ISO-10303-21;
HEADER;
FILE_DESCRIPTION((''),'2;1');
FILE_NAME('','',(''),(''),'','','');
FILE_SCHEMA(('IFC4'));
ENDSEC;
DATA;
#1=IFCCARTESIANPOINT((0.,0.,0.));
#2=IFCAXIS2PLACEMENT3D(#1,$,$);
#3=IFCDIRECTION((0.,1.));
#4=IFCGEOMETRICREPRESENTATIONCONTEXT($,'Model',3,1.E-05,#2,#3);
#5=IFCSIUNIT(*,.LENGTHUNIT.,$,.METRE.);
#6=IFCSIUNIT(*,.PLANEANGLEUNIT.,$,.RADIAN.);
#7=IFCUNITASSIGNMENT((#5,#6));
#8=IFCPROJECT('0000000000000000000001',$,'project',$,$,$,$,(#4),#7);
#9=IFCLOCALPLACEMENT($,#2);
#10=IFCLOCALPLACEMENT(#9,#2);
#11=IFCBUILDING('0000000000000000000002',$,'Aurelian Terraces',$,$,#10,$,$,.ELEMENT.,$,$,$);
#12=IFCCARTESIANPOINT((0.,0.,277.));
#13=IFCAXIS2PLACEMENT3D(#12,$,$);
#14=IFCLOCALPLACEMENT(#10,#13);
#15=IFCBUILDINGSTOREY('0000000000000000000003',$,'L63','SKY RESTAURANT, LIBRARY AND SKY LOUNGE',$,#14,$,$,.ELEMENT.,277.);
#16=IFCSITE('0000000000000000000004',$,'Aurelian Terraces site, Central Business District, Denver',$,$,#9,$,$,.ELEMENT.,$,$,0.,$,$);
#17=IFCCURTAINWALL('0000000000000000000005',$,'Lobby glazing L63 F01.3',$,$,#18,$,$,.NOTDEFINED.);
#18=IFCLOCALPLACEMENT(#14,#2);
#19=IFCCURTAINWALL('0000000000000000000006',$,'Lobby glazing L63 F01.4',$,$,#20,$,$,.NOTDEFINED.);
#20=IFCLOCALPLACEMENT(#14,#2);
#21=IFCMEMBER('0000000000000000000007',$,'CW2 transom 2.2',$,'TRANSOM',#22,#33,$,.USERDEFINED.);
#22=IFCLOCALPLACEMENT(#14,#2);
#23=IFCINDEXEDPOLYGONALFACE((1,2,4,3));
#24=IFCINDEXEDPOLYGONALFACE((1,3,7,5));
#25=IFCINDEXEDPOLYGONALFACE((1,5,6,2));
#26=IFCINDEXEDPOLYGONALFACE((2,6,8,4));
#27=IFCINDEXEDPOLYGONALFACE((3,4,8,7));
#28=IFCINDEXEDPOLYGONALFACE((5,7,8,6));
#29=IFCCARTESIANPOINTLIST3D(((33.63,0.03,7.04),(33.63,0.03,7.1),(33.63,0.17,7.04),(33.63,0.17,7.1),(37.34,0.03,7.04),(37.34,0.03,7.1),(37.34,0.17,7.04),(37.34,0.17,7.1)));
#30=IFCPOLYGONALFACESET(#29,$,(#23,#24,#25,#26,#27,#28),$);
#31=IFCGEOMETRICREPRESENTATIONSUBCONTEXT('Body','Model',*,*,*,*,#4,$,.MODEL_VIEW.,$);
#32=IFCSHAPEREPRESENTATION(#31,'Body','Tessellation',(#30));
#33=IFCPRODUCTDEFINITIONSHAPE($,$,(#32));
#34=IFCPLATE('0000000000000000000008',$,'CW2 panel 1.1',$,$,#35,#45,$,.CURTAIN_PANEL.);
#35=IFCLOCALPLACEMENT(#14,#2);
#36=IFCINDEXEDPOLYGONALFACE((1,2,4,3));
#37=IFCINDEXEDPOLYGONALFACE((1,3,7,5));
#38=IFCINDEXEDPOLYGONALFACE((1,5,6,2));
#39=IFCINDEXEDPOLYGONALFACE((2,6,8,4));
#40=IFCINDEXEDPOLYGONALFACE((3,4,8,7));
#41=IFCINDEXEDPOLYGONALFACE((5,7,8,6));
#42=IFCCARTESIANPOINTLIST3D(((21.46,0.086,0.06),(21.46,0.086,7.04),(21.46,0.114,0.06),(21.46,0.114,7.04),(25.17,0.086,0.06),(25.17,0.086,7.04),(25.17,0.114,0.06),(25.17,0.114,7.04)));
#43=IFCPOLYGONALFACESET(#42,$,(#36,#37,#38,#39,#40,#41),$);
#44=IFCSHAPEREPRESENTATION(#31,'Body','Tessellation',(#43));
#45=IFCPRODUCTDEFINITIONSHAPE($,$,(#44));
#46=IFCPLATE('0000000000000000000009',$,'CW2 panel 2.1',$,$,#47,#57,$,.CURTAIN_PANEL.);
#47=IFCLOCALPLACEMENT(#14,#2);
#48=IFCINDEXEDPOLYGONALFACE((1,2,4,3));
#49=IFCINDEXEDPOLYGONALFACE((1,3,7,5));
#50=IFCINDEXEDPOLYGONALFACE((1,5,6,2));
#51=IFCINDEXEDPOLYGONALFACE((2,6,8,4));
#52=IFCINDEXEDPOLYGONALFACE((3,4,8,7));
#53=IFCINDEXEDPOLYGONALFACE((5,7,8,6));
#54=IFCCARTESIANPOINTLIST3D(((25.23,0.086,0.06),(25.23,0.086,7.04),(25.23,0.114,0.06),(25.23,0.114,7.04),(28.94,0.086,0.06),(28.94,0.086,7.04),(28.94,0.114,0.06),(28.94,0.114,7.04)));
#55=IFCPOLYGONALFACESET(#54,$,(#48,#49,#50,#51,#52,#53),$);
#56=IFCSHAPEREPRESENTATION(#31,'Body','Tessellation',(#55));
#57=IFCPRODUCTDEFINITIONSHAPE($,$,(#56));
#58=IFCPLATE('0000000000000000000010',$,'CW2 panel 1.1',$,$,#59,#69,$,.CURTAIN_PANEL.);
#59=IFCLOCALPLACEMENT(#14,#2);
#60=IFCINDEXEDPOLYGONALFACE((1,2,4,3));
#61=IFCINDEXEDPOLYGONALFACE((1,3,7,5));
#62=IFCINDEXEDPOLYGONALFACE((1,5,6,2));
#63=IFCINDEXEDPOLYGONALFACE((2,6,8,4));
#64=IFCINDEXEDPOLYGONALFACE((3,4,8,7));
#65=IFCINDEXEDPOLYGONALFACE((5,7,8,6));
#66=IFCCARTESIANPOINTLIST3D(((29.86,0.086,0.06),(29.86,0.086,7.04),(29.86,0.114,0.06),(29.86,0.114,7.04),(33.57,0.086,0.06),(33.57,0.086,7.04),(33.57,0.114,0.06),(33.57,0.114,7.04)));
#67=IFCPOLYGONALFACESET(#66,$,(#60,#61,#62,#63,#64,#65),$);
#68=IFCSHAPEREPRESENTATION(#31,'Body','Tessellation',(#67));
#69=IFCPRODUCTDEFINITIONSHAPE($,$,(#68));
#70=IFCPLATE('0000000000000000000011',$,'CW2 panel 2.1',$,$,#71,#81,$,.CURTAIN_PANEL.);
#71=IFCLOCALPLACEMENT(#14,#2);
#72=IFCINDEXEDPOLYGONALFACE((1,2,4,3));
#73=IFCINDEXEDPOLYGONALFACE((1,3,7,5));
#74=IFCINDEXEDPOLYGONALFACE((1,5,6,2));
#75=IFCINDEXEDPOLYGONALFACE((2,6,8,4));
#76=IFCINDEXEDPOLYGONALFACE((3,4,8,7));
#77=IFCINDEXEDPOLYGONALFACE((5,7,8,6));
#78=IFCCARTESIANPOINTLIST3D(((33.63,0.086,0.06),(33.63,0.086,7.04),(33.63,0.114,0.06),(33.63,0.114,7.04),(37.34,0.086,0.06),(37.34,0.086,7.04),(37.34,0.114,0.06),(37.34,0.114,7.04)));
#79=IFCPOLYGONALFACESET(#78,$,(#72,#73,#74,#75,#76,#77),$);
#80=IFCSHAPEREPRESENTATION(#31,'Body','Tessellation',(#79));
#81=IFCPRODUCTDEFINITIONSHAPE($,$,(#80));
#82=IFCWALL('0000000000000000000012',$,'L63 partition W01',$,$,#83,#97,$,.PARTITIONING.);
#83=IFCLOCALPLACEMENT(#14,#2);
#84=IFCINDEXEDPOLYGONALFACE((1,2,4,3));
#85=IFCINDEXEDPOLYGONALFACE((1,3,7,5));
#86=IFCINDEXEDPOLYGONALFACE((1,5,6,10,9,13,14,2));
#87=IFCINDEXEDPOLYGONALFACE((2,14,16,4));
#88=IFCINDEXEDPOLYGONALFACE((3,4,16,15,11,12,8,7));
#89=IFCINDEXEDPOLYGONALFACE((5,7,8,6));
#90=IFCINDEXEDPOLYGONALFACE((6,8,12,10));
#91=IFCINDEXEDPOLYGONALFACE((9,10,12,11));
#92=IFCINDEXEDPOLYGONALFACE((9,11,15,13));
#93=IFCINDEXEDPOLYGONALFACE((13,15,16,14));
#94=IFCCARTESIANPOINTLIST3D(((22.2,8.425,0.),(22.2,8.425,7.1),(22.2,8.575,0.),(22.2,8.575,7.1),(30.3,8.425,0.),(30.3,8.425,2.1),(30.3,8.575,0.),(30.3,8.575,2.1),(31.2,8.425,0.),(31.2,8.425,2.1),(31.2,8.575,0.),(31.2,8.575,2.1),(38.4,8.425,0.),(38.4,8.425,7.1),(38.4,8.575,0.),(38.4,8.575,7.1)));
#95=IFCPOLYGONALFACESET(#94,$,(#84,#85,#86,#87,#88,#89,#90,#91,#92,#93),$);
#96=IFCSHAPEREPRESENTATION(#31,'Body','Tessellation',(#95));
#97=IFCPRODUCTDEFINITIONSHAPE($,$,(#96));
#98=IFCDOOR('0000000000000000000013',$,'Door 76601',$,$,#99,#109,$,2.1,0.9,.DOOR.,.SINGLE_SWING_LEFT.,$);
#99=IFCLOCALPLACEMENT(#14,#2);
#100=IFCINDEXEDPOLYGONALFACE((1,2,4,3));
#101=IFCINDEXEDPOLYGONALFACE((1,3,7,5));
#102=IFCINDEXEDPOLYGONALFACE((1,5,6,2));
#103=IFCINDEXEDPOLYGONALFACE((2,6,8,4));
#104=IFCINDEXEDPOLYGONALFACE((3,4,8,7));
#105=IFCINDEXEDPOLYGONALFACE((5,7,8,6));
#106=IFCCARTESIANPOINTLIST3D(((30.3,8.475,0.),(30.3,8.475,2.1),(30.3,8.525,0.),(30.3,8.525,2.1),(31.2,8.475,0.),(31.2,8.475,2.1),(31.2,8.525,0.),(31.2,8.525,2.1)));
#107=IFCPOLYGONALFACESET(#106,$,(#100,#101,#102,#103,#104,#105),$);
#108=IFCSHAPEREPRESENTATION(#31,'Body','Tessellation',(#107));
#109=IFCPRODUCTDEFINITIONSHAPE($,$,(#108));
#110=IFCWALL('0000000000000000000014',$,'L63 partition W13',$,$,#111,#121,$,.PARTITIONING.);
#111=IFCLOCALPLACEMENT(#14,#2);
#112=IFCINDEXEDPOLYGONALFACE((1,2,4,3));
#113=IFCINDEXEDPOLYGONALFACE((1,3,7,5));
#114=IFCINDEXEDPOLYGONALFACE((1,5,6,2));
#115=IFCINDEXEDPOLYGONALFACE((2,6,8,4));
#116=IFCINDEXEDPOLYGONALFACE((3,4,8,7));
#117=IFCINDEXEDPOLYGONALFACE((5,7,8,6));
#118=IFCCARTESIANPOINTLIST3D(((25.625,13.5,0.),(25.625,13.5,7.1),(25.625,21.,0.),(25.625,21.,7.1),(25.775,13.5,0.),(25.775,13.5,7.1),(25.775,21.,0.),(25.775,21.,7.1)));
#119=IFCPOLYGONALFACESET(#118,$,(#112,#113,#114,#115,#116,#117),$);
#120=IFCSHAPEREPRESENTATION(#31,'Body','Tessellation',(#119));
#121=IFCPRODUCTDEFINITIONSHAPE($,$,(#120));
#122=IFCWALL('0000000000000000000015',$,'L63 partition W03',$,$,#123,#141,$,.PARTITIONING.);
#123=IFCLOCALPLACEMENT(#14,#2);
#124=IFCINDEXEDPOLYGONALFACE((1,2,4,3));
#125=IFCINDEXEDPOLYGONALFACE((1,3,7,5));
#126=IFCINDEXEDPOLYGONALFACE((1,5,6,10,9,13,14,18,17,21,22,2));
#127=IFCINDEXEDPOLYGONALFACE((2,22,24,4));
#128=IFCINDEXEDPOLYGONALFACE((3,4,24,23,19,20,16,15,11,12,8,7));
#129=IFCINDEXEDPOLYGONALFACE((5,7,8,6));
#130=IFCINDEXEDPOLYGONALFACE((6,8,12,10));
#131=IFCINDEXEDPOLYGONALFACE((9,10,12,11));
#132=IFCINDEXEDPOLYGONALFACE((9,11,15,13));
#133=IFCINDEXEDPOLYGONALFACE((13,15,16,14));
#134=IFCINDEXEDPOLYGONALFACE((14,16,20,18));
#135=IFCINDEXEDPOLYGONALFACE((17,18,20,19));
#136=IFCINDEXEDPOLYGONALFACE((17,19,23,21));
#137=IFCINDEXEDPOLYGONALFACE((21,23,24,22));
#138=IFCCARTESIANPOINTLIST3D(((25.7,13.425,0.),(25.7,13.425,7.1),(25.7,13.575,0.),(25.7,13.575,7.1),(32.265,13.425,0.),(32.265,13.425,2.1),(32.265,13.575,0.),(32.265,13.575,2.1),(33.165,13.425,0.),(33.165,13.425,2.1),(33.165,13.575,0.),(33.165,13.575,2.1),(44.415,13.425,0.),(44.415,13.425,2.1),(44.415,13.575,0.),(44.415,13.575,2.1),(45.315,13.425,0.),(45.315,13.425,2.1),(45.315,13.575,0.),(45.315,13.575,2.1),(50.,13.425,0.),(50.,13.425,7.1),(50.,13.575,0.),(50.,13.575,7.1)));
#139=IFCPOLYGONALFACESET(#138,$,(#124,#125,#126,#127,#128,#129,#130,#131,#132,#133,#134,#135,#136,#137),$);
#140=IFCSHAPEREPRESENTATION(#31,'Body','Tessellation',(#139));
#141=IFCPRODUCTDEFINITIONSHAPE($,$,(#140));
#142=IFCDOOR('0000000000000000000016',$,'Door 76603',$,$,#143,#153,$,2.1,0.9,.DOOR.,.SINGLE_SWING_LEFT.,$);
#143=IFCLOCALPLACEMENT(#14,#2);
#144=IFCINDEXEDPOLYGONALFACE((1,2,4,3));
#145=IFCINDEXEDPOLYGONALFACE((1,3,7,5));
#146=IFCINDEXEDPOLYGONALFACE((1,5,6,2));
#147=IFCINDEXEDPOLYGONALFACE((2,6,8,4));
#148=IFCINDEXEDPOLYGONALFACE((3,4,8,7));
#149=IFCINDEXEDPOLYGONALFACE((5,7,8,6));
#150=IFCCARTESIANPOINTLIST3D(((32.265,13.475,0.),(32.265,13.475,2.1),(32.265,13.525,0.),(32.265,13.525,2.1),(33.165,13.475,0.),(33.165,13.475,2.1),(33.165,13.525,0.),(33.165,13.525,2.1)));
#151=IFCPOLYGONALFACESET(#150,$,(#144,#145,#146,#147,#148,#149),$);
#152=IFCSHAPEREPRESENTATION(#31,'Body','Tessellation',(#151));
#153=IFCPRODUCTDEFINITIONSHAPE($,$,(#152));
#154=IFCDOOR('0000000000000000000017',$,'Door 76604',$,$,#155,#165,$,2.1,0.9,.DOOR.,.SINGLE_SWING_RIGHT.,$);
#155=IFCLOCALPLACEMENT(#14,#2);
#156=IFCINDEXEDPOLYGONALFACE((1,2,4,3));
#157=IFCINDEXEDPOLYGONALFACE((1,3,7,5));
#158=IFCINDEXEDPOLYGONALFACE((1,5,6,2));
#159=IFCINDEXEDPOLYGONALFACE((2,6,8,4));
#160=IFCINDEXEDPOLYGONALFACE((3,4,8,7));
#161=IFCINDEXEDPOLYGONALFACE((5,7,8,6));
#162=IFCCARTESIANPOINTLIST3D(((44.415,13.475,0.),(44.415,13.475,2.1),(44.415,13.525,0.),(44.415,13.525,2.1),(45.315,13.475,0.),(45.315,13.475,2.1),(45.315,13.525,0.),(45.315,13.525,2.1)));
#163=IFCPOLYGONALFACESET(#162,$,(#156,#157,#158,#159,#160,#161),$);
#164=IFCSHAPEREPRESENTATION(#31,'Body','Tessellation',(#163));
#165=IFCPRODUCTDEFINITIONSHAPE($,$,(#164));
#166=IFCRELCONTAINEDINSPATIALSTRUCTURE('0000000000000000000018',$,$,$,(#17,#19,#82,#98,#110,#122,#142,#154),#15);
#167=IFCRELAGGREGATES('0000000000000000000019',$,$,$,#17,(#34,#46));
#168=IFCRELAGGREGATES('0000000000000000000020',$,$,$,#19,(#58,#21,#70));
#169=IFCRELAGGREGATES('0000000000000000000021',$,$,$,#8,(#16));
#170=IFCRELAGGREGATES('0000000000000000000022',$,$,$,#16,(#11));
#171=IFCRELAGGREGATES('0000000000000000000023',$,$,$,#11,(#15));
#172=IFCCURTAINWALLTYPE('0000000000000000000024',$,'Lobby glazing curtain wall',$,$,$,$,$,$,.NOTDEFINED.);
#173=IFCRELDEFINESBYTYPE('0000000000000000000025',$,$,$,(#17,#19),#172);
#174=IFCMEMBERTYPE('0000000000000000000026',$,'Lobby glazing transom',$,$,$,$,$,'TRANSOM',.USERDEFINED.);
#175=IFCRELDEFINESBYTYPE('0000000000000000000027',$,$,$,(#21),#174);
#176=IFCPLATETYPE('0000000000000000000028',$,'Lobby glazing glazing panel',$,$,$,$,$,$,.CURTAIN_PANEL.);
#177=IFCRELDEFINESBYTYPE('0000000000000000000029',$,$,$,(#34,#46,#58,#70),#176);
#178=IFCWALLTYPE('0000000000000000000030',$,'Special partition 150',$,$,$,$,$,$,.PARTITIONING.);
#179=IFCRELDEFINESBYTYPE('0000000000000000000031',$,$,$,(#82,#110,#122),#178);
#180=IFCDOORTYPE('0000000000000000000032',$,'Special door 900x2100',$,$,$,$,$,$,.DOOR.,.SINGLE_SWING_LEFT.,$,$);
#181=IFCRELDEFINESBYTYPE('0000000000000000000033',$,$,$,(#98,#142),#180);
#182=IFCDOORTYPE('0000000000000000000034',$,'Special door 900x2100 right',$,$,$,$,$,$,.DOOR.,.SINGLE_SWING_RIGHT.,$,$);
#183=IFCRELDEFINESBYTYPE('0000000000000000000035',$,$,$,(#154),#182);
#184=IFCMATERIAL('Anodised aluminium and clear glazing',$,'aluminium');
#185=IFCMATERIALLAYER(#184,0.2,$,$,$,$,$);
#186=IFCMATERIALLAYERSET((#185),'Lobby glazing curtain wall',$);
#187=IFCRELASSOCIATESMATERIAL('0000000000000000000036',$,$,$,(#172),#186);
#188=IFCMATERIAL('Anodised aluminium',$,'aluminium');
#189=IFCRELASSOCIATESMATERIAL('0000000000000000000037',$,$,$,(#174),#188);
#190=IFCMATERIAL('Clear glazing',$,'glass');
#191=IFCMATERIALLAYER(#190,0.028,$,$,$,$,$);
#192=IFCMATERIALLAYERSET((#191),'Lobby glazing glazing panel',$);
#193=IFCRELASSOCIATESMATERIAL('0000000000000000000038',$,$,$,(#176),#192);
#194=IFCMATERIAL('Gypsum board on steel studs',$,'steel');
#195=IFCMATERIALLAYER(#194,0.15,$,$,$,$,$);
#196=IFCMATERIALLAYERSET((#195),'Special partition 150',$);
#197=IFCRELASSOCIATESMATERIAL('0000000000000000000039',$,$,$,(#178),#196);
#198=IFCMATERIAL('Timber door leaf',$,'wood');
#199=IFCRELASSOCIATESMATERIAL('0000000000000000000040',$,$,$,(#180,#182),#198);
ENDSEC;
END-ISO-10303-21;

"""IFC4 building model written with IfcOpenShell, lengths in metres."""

from ifc_helpers import new_model, si_unit, direction, frame, frame_2d, origin, origin_2d, place, context, subcontext, project, spatial, rectangle, extrude, source, transform, mapped, material, layer, layer_set, material_profile, profile_set, type_object, element, fill, aggregate, save


model = new_model("IFC4")

# Units and contexts
model_context = context("Model", 3, precision=1e-05, world=origin(), true_north=direction((0.0, 1.0)))
body_context = subcontext(model_context, "Body", "Model", "MODEL_VIEW")
ifc_project = project(units=[si_unit("LENGTHUNIT", "METRE"), si_unit("PLANEANGLEUNIT", "RADIAN")], contexts=[model_context])

# Site, building, storey
site_placement = place(None, origin())
site = spatial("IfcSite", under=ifc_project, at=site_placement, Name="Aurelian Terraces site, Central Business District, Denver", CompositionType="ELEMENT", RefElevation=0.0)
building_placement = place(site_placement, origin())
building = spatial("IfcBuilding", under=site, at=building_placement, Name="Aurelian Terraces", CompositionType="ELEMENT")
storey_placement = place(building_placement, frame((0.0, 0.0, 277.0)))
storey = spatial("IfcBuildingStorey", under=building, at=storey_placement, Name="L63", Description="SKY RESTAURANT, LIBRARY AND SKY LOUNGE", CompositionType="ELEMENT", Elevation=277.0)

# Curtain walls
ifc_material_1 = material(Name="Anodised aluminium and clear glazing", Category="aluminium")
ifc_layer_1 = layer(ifc_material_1, 0.2)
ifc_layer_set_1 = layer_set([ifc_layer_1], Name="Lobby glazing curtain wall")
curtain_wall_type = type_object("IfcCurtainWallType", Name="Lobby glazing curtain wall", PredefinedType="NOTDEFINED", material=ifc_layer_set_1)
curtain_wall_1_placement = place(storey_placement, origin())
curtain_wall_1 = element("IfcCurtainWall", 1, at=curtain_wall_1_placement, inside=storey, type_object=curtain_wall_type, Name="Lobby glazing L63 F01.3", PredefinedType="NOTDEFINED")
ifc_material_2 = material(Name="Anodised aluminium", Category="aluminium")
ifc_material_profile_1 = material_profile(ifc_material_2, rectangle(XDim=0.14, YDim=0.06, at=origin_2d()))
ifc_profile_set_1 = profile_set([ifc_material_profile_1], Name="Anodised aluminium")
member_type_1 = type_object("IfcMemberType", Name="Lobby glazing transom", ElementType="TRANSOM", PredefinedType="USERDEFINED", material=ifc_profile_set_1)
curtain_wall_2_placement = place(storey_placement, origin())
curtain_wall_2 = element("IfcCurtainWall", 2, at=curtain_wall_2_placement, inside=storey, type_object=curtain_wall_type, Name="Lobby glazing L63 F01.4", PredefinedType="NOTDEFINED")

# Member
shared_shape_1 = source(origin(), body_context, "Body", "SweptSolid", [
    extrude(rectangle(XDim=0.14, YDim=0.06, at=origin_2d()), origin(), (0.0, 0.0, 1.0), 3.71),
])
member_1_placement = place(storey_placement, frame((33.63, 0.1, 7.07), z_axis=(1.0, 0.0, 0.0), x_axis=(0.0, 1.0, 0.0)))
member_1 = element("IfcMember", 3, at=member_1_placement, type_object=member_type_1, Name="CW2 transom 2.2", ObjectType="TRANSOM", PredefinedType="USERDEFINED", context=body_context, shape_type="MappedRepresentation", body=[
    mapped(shared_shape_1, transform((0.0, 0.0, 0.0), scale=1.0)),
])

# Plates
ifc_material_3 = material(Name="Clear glazing", Category="glass")
ifc_layer_2 = layer(ifc_material_3, 0.028)
ifc_layer_set_2 = layer_set([ifc_layer_2], Name="Lobby glazing glazing panel")
plate_type = type_object("IfcPlateType", Name="Lobby glazing glazing panel", PredefinedType="CURTAIN_PANEL", material=ifc_layer_set_2)
plate_1_placement = place(storey_placement, frame((23.315, 0.1, 0.06), z_axis=(0.0, 0.0, 1.0), x_axis=(1.0, 0.0, 0.0)))
plate_1 = element("IfcPlate", 4, at=plate_1_placement, type_object=plate_type, Name="CW2 panel 1.1", PredefinedType="CURTAIN_PANEL", context=body_context, shape_type="SweptSolid", body=[
    extrude(rectangle(XDim=3.71, YDim=0.028, at=origin_2d()), origin(), (0.0, 0.0, 1.0), 6.98),
])
shared_shape_2 = source(origin(), body_context, "Body", "SweptSolid", [
    extrude(rectangle(XDim=3.71, YDim=0.028, at=origin_2d()), origin(), (0.0, 0.0, 1.0), 6.98),
])
plate_2_placement = place(storey_placement, frame((27.085, 0.1, 0.06), z_axis=(0.0, 0.0, 1.0), x_axis=(1.0, 0.0, 0.0)))
plate_2 = element("IfcPlate", 5, at=plate_2_placement, type_object=plate_type, Name="CW2 panel 2.1", PredefinedType="CURTAIN_PANEL", context=body_context, shape_type="MappedRepresentation", body=[
    mapped(shared_shape_2, transform((0.0, 0.0, 0.0), scale=1.0)),
])
aggregate(curtain_wall_1, [plate_1, plate_2])
plate_3_placement = place(storey_placement, frame((31.715, 0.1, 0.06), z_axis=(0.0, 0.0, 1.0), x_axis=(1.0, 0.0, 0.0)))
plate_3 = element("IfcPlate", 6, at=plate_3_placement, type_object=plate_type, Name="CW2 panel 1.1", PredefinedType="CURTAIN_PANEL", context=body_context, shape_type="MappedRepresentation", body=[
    mapped(shared_shape_2, transform((0.0, 0.0, 0.0), scale=1.0)),
])
plate_4_placement = place(storey_placement, frame((35.485, 0.1, 0.06), z_axis=(0.0, 0.0, 1.0), x_axis=(1.0, 0.0, 0.0)))
plate_4 = element("IfcPlate", 7, at=plate_4_placement, type_object=plate_type, Name="CW2 panel 2.1", PredefinedType="CURTAIN_PANEL", context=body_context, shape_type="MappedRepresentation", body=[
    mapped(shared_shape_2, transform((0.0, 0.0, 0.0), scale=1.0)),
])
aggregate(curtain_wall_2, [plate_3, member_1, plate_4])

# Wall, opening, door
ifc_material_4 = material(Name="Gypsum board on steel studs", Category="steel")
ifc_layer_3 = layer(ifc_material_4, 0.15)
ifc_layer_set_3 = layer_set([ifc_layer_3], Name="Special partition 150")
wall_type = type_object("IfcWallType", Name="Special partition 150", PredefinedType="PARTITIONING", material=ifc_layer_set_3)
shared_shape_3 = source(origin(), body_context, "Body", "SweptSolid", [
    extrude(rectangle(XDim=16.2, YDim=0.15, at=frame_2d((8.1, 0.0))), origin(), (0.0, 0.0, 1.0), 7.1),
])
wall_1_placement = place(storey_placement, frame((22.2, 8.5, 0.0), z_axis=(0.0, 0.0, 1.0), x_axis=(1.0, 0.0, 0.0)))
wall_1 = element("IfcWall", 8, at=wall_1_placement, inside=storey, type_object=wall_type, Name="L63 partition W01", PredefinedType="PARTITIONING", context=body_context, shape_type="MappedRepresentation", body=[
    mapped(shared_shape_3, transform((0.0, 0.0, 0.0), scale=1.0)),
])
shared_shape_4 = source(origin(), body_context, "Body", "SweptSolid", [
    extrude(rectangle(XDim=0.9, YDim=2.1, at=frame_2d((0.45, 1.05))), frame((0.0, 0.085, 0.0), z_axis=(0.0, -1.0, 0.0), x_axis=(1.0, 0.0, 0.0)), (0.0, 0.0, 1.0), 0.17),
])
opening_1_placement = place(wall_1_placement, frame((8.1, 0.0, 0.0)))
opening_1 = element("IfcOpeningElement", 9, at=opening_1_placement, cuts=wall_1, PredefinedType="OPENING", context=body_context, shape_type="MappedRepresentation", body=[
    mapped(shared_shape_4, transform((0.0, 0.0, 0.0), scale=1.0)),
])
ifc_material_5 = material(Name="Timber door leaf", Category="wood")
door_type_1 = type_object("IfcDoorType", Name="Special door 900x2100", OperationType="SINGLE_SWING_LEFT", PredefinedType="DOOR", material=ifc_material_5)
shared_shape_5 = source(origin(), body_context, "Body", "SweptSolid", [
    extrude(rectangle(XDim=0.9, YDim=2.1, at=frame_2d((0.45, 1.05))), frame((0.0, 0.025, 0.0), z_axis=(0.0, -1.0, 0.0), x_axis=(1.0, 0.0, 0.0)), (0.0, 0.0, 1.0), 0.05),
])
door_1_placement = place(opening_1_placement, origin())
door_1 = element("IfcDoor", 10, at=door_1_placement, inside=storey, type_object=door_type_1, Name="Door 76601", OperationType="SINGLE_SWING_LEFT", OverallHeight=2.1, OverallWidth=0.9, PredefinedType="DOOR", context=body_context, shape_type="MappedRepresentation", body=[
    mapped(shared_shape_5, transform((0.0, 0.0, 0.0), scale=1.0)),
])
fill(opening_1, door_1)

# Wall
shared_shape_6 = source(origin(), body_context, "Body", "SweptSolid", [
    extrude(rectangle(XDim=7.5, YDim=0.15, at=frame_2d((3.75, 0.0))), origin(), (0.0, 0.0, 1.0), 7.1),
])
wall_2_placement = place(storey_placement, frame((25.7, 13.5, 0.0), z_axis=(0.0, 0.0, 1.0), x_axis=(0.0, 1.0, 0.0)))
element("IfcWall", 11, at=wall_2_placement, inside=storey, type_object=wall_type, Name="L63 partition W13", PredefinedType="PARTITIONING", context=body_context, shape_type="MappedRepresentation", body=[
    mapped(shared_shape_6, transform((0.0, 0.0, 0.0), scale=1.0)),
])

# Wall, openings, doors
shared_shape_7 = source(origin(), body_context, "Body", "SweptSolid", [
    extrude(rectangle(XDim=24.3, YDim=0.15, at=frame_2d((12.15, 0.0))), origin(), (0.0, 0.0, 1.0), 7.1),
])
wall_3_placement = place(storey_placement, frame((25.7, 13.5, 0.0), z_axis=(0.0, 0.0, 1.0), x_axis=(1.0, 0.0, 0.0)))
wall_3 = element("IfcWall", 12, at=wall_3_placement, inside=storey, type_object=wall_type, Name="L63 partition W03", PredefinedType="PARTITIONING", context=body_context, shape_type="MappedRepresentation", body=[
    mapped(shared_shape_7, transform((0.0, 0.0, 0.0), scale=1.0)),
])
opening_2_placement = place(wall_3_placement, frame((6.565, 0.0, 0.0)))
opening_2 = element("IfcOpeningElement", 13, at=opening_2_placement, cuts=wall_3, PredefinedType="OPENING", context=body_context, shape_type="MappedRepresentation", body=[
    mapped(shared_shape_4, transform((0.0, 0.0, 0.0), scale=1.0)),
])
opening_3_placement = place(wall_3_placement, frame((18.715, 0.0, 0.0)))
opening_3 = element("IfcOpeningElement", 14, at=opening_3_placement, cuts=wall_3, PredefinedType="OPENING", context=body_context, shape_type="MappedRepresentation", body=[
    mapped(shared_shape_4, transform((0.0, 0.0, 0.0), scale=1.0)),
])
door_2_placement = place(opening_2_placement, origin())
door_2 = element("IfcDoor", 15, at=door_2_placement, inside=storey, type_object=door_type_1, Name="Door 76603", OperationType="SINGLE_SWING_LEFT", OverallHeight=2.1, OverallWidth=0.9, PredefinedType="DOOR", context=body_context, shape_type="MappedRepresentation", body=[
    mapped(shared_shape_5, transform((0.0, 0.0, 0.0), scale=1.0)),
])
fill(opening_2, door_2)
door_type_2 = type_object("IfcDoorType", Name="Special door 900x2100 right", OperationType="SINGLE_SWING_RIGHT", PredefinedType="DOOR", material=ifc_material_5)
door_3_placement = place(opening_3_placement, origin())
door_3 = element("IfcDoor", 16, at=door_3_placement, inside=storey, type_object=door_type_2, Name="Door 76604", OperationType="SINGLE_SWING_RIGHT", OverallHeight=2.1, OverallWidth=0.9, PredefinedType="DOOR", context=body_context, shape_type="MappedRepresentation", body=[
    mapped(shared_shape_5, transform((0.0, 0.0, 0.0), scale=1.0)),
])
fill(opening_3, door_3)

save(model, "model.ifc")
